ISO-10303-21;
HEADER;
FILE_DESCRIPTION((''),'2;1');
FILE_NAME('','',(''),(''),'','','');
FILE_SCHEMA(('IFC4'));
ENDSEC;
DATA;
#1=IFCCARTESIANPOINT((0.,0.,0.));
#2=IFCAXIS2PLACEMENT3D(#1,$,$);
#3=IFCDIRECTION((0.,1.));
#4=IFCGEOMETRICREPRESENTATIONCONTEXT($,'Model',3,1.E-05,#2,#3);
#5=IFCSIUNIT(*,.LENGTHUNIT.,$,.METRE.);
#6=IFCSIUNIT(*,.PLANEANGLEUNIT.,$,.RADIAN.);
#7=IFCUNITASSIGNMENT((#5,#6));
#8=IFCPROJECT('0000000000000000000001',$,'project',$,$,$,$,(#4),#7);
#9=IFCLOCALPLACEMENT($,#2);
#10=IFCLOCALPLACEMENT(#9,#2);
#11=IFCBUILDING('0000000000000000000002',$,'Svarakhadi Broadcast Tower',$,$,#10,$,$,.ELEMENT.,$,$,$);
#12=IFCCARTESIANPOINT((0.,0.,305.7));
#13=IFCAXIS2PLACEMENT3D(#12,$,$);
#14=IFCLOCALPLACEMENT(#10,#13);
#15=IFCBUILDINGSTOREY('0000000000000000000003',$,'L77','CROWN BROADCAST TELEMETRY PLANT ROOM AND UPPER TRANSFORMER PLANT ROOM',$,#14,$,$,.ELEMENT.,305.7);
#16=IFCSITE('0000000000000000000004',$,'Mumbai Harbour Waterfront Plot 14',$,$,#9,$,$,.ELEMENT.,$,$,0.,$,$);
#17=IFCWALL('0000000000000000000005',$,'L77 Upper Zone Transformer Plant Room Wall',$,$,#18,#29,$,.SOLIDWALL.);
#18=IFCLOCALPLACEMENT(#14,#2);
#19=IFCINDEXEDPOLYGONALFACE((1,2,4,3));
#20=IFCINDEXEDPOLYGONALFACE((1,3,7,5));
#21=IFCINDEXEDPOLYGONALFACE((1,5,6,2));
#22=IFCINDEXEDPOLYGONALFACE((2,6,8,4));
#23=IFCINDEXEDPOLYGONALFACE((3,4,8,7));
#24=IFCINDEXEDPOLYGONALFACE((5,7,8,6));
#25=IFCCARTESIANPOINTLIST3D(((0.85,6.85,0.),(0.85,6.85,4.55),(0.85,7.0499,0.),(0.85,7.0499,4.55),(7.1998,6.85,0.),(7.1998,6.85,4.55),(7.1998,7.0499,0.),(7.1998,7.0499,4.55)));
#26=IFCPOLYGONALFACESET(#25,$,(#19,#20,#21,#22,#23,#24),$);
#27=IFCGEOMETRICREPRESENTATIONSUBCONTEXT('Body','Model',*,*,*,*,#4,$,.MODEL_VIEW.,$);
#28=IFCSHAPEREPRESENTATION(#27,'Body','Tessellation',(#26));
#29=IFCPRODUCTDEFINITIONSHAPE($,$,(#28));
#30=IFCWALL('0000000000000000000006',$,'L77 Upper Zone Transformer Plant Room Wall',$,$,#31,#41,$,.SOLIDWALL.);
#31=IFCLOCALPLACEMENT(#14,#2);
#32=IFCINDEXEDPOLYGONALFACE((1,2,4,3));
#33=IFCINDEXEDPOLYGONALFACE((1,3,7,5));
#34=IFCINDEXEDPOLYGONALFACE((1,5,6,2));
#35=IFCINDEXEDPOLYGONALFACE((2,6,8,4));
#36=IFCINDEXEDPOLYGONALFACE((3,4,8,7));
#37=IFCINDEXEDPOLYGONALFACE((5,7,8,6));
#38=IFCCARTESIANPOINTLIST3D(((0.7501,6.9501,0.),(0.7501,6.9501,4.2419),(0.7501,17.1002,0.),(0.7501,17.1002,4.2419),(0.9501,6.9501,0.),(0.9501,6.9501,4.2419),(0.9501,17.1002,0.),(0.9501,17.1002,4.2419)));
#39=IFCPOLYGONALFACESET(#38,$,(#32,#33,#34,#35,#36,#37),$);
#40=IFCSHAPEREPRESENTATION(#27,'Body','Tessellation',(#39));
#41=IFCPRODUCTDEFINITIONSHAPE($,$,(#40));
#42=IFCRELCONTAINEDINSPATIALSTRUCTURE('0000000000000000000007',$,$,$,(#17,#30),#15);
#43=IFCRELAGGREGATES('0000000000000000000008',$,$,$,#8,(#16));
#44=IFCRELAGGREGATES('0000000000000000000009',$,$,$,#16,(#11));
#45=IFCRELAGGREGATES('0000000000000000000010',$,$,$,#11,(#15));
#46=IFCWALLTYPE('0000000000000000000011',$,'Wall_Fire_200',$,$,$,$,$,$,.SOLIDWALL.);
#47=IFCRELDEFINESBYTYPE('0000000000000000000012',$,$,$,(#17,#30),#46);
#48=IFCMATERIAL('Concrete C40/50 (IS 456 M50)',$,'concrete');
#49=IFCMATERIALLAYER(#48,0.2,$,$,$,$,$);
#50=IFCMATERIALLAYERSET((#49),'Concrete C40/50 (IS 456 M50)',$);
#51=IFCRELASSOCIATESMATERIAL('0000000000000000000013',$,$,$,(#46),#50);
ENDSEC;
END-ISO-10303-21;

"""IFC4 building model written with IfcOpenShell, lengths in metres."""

from ifc_helpers import new_model, si_unit, direction, frame, frame_2d, origin, place, context, subcontext, project, spatial, rectangle, extrude, material, layer, layer_set, type_object, element, save


model = new_model("IFC4")

# Units and contexts
model_context = context("Model", 3, precision=1e-05, world=origin(), true_north=direction((0.0, 1.0)))
body_context = subcontext(model_context, "Body", "Model", "MODEL_VIEW")
ifc_project = project(units=[si_unit("LENGTHUNIT", "METRE"), si_unit("PLANEANGLEUNIT", "RADIAN")], contexts=[model_context])

# Site, building, storey
site_placement = place(None, origin())
site = spatial("IfcSite", under=ifc_project, at=site_placement, Name="Mumbai Harbour Waterfront Plot 14", CompositionType="ELEMENT", RefElevation=0.0)
building_placement = place(site_placement, origin())
building = spatial("IfcBuilding", under=site, at=building_placement, Name="Svarakhadi Broadcast Tower", CompositionType="ELEMENT")
storey_placement = place(building_placement, frame((0.0, 0.0, 305.7)))
storey = spatial("IfcBuildingStorey", under=building, at=storey_placement, Name="L77", Description="CROWN BROADCAST TELEMETRY PLANT ROOM AND UPPER TRANSFORMER PLANT ROOM", CompositionType="ELEMENT", Elevation=305.7)

# Shared definitions
ifc_material_1 = material(Name="Concrete C40/50 (IS 456 M50)", Category="concrete")

# Walls
ifc_layer_1 = layer(ifc_material_1, 0.2)
ifc_layer_set_1 = layer_set([ifc_layer_1], Name="Concrete C40/50 (IS 456 M50)")
wall_type_1 = type_object("IfcWallType", Name="Wall_Fire_200", PredefinedType="SOLIDWALL", material=ifc_layer_set_1)
wall_1_placement = place(storey_placement, frame((0.8501, 6.95, 0.0), z_axis=(0.0, 0.0, 1.0), x_axis=(1.0, 0.0, 0.0)))
element("IfcWall", 1, at=wall_1_placement, inside=storey, type_object=wall_type_1, Name="L77 Upper Zone Transformer Plant Room Wall", PredefinedType="SOLIDWALL", context=body_context, shape_type="SweptSolid", body=[
    extrude(rectangle(XDim=6.3499, YDim=0.2, at=frame_2d((3.1748, 0.0))), origin(), (0.0, 0.0, 1.0), 4.55),
])
wall_2_placement = place(storey_placement, frame((0.8501, 6.95, 0.0), z_axis=(0.0, 0.0, 1.0), x_axis=(0.0, 1.0, 0.0)))
element("IfcWall", 2, at=wall_2_placement, inside=storey, type_object=wall_type_1, Name="L77 Upper Zone Transformer Plant Room Wall", PredefinedType="SOLIDWALL", context=body_context, shape_type="SweptSolid", body=[
    extrude(rectangle(XDim=10.1501, YDim=0.2, at=frame_2d((5.0752, 0.0))), origin(), (0.0, 0.0, 1.0), 4.2419),
])

save(model, "model.ifc")
